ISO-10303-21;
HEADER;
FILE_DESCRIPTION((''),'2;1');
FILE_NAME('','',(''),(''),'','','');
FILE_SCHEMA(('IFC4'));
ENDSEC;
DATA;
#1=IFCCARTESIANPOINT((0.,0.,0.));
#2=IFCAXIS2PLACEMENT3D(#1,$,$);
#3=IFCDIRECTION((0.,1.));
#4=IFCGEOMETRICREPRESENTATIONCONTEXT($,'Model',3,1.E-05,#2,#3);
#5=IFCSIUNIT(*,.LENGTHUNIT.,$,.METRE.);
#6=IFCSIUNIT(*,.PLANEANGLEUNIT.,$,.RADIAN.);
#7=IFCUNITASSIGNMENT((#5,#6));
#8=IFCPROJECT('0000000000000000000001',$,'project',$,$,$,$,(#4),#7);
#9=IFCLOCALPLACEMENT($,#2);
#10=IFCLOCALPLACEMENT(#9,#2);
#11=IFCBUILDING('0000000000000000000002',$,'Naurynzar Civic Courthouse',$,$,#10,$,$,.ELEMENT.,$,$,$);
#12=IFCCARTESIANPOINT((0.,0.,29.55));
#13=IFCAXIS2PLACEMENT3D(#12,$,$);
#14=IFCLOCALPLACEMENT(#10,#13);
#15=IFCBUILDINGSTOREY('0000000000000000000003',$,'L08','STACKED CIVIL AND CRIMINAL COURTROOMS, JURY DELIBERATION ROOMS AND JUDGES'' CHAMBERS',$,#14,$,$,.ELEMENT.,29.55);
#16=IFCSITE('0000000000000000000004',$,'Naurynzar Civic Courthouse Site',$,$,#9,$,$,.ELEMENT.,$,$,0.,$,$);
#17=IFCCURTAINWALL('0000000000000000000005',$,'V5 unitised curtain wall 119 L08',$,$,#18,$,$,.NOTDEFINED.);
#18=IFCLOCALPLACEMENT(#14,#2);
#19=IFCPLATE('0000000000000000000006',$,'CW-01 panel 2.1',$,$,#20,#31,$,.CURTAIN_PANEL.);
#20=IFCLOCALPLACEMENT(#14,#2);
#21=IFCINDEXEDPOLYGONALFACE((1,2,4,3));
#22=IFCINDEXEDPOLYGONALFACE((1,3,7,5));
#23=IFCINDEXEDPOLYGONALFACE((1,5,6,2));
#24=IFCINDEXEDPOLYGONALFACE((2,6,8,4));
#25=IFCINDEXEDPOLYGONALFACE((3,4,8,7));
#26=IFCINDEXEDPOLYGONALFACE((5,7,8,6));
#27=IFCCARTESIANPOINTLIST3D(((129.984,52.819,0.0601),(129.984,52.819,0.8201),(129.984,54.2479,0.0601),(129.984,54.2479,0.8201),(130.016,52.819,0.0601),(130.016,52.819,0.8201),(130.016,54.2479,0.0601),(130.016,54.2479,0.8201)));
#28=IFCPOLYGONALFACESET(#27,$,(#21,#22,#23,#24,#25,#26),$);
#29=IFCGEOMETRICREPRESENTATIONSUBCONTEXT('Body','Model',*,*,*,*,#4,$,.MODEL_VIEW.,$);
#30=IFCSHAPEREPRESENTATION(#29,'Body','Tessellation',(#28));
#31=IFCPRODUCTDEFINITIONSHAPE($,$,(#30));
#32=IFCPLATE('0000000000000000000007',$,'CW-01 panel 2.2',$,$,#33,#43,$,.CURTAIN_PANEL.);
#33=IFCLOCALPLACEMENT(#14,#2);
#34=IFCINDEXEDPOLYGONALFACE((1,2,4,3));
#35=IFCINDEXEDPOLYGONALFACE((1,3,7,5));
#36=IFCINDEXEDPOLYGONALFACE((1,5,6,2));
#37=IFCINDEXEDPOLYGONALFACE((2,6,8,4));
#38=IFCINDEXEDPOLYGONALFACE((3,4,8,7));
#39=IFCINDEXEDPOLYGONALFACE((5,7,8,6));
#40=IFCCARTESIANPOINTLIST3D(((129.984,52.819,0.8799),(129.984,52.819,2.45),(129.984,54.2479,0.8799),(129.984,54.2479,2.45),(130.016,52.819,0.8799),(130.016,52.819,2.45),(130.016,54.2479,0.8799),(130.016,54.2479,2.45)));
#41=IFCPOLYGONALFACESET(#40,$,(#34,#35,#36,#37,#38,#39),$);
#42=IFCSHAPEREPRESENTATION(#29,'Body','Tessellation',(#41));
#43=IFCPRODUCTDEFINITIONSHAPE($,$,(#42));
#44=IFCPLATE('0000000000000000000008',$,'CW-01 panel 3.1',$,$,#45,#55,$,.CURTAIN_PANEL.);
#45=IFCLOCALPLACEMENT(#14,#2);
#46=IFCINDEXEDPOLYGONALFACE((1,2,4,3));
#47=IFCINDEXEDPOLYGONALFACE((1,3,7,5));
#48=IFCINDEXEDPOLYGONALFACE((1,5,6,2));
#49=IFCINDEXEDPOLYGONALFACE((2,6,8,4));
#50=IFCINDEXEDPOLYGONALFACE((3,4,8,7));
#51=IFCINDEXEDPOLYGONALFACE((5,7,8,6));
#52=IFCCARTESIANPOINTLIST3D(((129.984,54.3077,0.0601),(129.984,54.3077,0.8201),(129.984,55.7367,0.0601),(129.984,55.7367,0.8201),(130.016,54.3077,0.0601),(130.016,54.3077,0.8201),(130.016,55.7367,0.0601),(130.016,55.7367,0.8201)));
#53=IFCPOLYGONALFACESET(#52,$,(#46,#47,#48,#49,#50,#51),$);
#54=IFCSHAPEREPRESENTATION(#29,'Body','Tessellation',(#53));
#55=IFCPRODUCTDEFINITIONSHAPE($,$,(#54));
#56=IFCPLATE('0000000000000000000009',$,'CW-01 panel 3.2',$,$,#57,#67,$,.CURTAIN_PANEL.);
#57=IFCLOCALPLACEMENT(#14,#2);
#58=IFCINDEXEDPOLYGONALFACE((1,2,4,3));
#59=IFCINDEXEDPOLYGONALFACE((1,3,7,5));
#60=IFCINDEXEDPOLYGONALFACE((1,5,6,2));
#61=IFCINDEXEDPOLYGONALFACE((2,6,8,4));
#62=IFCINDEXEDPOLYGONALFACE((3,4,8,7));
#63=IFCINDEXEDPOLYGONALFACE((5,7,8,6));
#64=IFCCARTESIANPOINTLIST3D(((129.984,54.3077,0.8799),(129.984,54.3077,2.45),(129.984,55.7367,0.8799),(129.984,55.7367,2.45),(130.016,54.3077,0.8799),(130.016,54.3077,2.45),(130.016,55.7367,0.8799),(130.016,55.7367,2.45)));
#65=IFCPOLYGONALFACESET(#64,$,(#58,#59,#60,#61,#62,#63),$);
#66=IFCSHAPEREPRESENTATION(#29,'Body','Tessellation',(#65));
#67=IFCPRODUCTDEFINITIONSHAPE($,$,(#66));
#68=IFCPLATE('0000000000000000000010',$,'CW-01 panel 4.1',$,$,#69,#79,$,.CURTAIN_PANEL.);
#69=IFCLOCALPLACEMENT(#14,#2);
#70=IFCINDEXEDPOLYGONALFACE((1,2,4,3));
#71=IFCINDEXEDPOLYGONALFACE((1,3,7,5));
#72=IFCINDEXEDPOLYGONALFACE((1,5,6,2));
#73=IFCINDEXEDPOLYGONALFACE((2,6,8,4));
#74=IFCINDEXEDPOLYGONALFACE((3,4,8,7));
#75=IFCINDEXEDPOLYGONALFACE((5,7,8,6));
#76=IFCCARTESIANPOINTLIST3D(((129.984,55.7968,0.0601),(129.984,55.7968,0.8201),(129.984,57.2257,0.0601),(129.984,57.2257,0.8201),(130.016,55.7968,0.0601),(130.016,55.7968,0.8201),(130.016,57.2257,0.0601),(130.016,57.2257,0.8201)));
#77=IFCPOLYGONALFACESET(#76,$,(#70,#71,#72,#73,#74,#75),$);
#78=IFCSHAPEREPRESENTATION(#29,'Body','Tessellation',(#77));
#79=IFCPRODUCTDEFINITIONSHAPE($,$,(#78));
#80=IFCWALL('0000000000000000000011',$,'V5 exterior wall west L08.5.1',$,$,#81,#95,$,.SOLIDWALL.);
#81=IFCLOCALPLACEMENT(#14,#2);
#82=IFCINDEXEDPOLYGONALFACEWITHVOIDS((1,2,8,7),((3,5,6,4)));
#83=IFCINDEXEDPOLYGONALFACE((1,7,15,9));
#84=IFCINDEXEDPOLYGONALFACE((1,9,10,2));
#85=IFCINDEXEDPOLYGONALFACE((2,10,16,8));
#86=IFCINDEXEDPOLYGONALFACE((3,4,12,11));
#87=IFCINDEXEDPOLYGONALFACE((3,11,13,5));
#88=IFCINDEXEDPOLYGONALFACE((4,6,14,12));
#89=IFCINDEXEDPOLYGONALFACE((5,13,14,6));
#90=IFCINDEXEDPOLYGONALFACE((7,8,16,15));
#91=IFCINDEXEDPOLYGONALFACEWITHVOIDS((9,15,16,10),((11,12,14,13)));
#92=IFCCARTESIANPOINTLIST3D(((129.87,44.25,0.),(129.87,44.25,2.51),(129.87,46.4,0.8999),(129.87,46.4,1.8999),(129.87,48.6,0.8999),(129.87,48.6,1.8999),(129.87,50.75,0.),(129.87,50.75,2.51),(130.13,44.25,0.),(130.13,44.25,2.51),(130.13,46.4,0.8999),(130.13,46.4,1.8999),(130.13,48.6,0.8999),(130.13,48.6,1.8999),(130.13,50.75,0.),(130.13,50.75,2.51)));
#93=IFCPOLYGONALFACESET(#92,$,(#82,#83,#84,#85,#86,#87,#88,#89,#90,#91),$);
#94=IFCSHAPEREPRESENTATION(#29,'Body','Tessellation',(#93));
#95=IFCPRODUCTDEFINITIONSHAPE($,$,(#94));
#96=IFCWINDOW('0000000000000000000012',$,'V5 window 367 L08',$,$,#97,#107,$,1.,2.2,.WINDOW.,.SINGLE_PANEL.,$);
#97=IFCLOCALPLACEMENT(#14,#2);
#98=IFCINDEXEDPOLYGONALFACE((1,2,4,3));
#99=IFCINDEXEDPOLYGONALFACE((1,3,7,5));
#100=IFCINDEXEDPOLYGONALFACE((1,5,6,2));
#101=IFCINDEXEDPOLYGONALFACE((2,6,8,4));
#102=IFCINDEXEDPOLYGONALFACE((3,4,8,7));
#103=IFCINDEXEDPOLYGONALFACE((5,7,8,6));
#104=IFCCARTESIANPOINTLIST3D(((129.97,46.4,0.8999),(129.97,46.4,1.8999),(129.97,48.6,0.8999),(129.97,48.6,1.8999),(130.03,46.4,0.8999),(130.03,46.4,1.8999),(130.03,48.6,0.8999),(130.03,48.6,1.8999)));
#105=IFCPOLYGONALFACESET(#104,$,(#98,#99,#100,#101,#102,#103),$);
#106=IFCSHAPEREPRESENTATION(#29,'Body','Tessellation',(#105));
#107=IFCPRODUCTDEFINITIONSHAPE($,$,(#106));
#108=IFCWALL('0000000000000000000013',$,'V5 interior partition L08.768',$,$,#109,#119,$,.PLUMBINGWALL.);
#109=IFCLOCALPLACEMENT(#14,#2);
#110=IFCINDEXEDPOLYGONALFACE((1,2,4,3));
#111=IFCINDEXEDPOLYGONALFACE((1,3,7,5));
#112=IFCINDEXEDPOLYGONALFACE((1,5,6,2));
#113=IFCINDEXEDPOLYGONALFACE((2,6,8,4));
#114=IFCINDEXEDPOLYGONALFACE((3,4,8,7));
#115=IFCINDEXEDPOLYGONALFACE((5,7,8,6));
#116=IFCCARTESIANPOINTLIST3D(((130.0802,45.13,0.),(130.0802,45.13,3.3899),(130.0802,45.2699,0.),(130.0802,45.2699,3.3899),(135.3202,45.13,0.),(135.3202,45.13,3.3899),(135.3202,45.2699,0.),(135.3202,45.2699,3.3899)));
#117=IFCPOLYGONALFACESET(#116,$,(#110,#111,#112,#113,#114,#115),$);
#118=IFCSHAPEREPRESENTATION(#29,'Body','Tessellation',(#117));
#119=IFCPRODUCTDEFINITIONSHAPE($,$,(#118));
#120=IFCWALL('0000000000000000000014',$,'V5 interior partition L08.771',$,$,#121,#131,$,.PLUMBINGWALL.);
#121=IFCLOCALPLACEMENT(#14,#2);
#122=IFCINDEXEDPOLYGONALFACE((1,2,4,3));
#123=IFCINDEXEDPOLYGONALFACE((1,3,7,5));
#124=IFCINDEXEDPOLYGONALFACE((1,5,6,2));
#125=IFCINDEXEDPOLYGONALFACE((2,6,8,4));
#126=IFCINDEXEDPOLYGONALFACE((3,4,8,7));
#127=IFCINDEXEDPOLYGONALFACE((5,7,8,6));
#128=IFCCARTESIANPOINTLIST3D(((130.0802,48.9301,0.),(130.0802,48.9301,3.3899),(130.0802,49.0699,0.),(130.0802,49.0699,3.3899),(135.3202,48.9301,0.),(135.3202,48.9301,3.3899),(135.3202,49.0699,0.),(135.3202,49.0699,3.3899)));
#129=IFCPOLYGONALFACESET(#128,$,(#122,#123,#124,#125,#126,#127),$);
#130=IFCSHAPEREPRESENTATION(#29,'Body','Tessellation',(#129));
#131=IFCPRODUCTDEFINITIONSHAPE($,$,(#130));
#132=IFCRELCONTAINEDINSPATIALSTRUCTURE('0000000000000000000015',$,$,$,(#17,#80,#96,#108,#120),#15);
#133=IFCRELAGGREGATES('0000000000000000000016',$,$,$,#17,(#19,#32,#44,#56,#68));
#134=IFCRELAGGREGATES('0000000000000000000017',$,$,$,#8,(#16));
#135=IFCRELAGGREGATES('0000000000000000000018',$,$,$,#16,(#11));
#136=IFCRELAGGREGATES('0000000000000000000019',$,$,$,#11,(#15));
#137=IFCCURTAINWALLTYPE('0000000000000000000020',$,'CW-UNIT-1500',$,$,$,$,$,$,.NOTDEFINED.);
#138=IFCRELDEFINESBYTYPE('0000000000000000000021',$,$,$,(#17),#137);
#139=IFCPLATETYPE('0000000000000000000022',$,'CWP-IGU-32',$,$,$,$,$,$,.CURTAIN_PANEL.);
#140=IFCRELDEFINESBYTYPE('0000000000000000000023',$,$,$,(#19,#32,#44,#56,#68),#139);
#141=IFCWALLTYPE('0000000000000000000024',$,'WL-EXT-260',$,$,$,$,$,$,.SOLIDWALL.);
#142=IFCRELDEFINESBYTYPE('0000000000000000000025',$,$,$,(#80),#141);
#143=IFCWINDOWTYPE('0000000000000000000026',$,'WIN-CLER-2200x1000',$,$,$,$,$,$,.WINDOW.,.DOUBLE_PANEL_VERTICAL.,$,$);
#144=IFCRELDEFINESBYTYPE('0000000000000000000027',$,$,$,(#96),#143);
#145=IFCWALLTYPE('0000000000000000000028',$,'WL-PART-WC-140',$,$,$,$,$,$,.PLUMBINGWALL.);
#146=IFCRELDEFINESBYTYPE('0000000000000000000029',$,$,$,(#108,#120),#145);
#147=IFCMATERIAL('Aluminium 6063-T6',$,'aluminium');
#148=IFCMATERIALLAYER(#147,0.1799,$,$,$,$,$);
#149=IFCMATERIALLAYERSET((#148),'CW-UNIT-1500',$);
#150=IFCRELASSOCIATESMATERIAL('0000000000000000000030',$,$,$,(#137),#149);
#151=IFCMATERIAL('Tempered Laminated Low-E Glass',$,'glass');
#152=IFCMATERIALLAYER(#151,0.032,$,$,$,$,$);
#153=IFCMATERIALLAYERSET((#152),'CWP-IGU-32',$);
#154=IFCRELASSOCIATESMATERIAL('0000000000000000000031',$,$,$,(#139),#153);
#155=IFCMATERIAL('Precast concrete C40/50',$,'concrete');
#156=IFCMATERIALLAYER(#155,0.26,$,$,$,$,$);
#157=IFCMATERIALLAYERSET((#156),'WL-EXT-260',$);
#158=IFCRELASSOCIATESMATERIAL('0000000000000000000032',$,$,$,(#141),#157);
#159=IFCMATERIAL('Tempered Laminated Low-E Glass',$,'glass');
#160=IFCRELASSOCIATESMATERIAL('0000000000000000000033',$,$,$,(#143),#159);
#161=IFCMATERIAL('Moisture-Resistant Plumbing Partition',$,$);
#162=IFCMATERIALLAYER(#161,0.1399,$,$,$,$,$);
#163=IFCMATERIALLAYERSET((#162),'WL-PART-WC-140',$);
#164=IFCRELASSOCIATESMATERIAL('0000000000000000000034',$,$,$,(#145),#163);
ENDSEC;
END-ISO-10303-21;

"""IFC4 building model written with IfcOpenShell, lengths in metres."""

from ifc_helpers import new_model, si_unit, direction, frame, frame_2d, origin, origin_2d, place, context, subcontext, project, spatial, rectangle, extrude, material, layer, layer_set, type_object, element, fill, aggregate, save


model = new_model("IFC4")

# Units and contexts
model_context = context("Model", 3, precision=1e-05, world=origin(), true_north=direction((0.0, 1.0)))
body_context = subcontext(model_context, "Body", "Model", "MODEL_VIEW")
ifc_project = project(units=[si_unit("LENGTHUNIT", "METRE"), si_unit("PLANEANGLEUNIT", "RADIAN")], contexts=[model_context])

# Site, building, storey
site_placement = place(None, origin())
site = spatial("IfcSite", under=ifc_project, at=site_placement, Name="Naurynzar Civic Courthouse Site", CompositionType="ELEMENT", RefElevation=0.0)
building_placement = place(site_placement, origin())
building = spatial("IfcBuilding", under=site, at=building_placement, Name="Naurynzar Civic Courthouse", CompositionType="ELEMENT")
storey_placement = place(building_placement, frame((0.0, 0.0, 29.55)))
storey = spatial("IfcBuildingStorey", under=building, at=storey_placement, Name="L08", Description="STACKED CIVIL AND CRIMINAL COURTROOMS, JURY DELIBERATION ROOMS AND JUDGES' CHAMBERS", CompositionType="ELEMENT", Elevation=29.55)

# Curtain wall
ifc_material_1 = material(Name="Aluminium 6063-T6", Category="aluminium")
ifc_layer_1 = layer(ifc_material_1, 0.1799)
ifc_layer_set_1 = layer_set([ifc_layer_1], Name="CW-UNIT-1500")
curtain_wall_type = type_object("IfcCurtainWallType", Name="CW-UNIT-1500", PredefinedType="NOTDEFINED", material=ifc_layer_set_1)
curtain_wall_1_placement = place(storey_placement, origin())
curtain_wall_1 = element("IfcCurtainWall", 1, at=curtain_wall_1_placement, inside=storey, type_object=curtain_wall_type, Name="V5 unitised curtain wall 119 L08", PredefinedType="NOTDEFINED")

# Plates
ifc_material_2 = material(Name="Tempered Laminated Low-E Glass", Category="glass")
ifc_layer_2 = layer(ifc_material_2, 0.032)
ifc_layer_set_2 = layer_set([ifc_layer_2], Name="CWP-IGU-32")
plate_type = type_object("IfcPlateType", Name="CWP-IGU-32", PredefinedType="CURTAIN_PANEL", material=ifc_layer_set_2)
plate_1_placement = place(storey_placement, frame((130.0, 53.5334, 0.0601), z_axis=(0.0, 0.0, 1.0), x_axis=(0.0, 1.0, 0.0)))
plate_1 = element("IfcPlate", 2, at=plate_1_placement, type_object=plate_type, Name="CW-01 panel 2.1", PredefinedType="CURTAIN_PANEL", context=body_context, shape_type="SweptSolid", body=[
    extrude(rectangle(XDim=1.429, YDim=0.032, at=origin_2d()), origin(), (0.0, 0.0, 1.0), 0.76),
])
plate_2_placement = place(storey_placement, frame((130.0, 53.5334, 0.8799), z_axis=(0.0, 0.0, 1.0), x_axis=(0.0, 1.0, 0.0)))
plate_2 = element("IfcPlate", 3, at=plate_2_placement, type_object=plate_type, Name="CW-01 panel 2.2", PredefinedType="CURTAIN_PANEL", context=body_context, shape_type="SweptSolid", body=[
    extrude(rectangle(XDim=1.429, YDim=0.032, at=origin_2d()), origin(), (0.0, 0.0, 1.0), 1.5701),
])
plate_3_placement = place(storey_placement, frame((130.0, 55.0222, 0.0601), z_axis=(0.0, 0.0, 1.0), x_axis=(0.0, 1.0, 0.0)))
plate_3 = element("IfcPlate", 4, at=plate_3_placement, type_object=plate_type, Name="CW-01 panel 3.1", PredefinedType="CURTAIN_PANEL", context=body_context, shape_type="SweptSolid", body=[
    extrude(rectangle(XDim=1.429, YDim=0.032, at=origin_2d()), origin(), (0.0, 0.0, 1.0), 0.76),
])
plate_4_placement = place(storey_placement, frame((130.0, 55.0222, 0.8799), z_axis=(0.0, 0.0, 1.0), x_axis=(0.0, 1.0, 0.0)))
plate_4 = element("IfcPlate", 5, at=plate_4_placement, type_object=plate_type, Name="CW-01 panel 3.2", PredefinedType="CURTAIN_PANEL", context=body_context, shape_type="SweptSolid", body=[
    extrude(rectangle(XDim=1.429, YDim=0.032, at=origin_2d()), origin(), (0.0, 0.0, 1.0), 1.5701),
])
plate_5_placement = place(storey_placement, frame((130.0, 56.5112, 0.0601), z_axis=(0.0, 0.0, 1.0), x_axis=(0.0, 1.0, 0.0)))
plate_5 = element("IfcPlate", 6, at=plate_5_placement, type_object=plate_type, Name="CW-01 panel 4.1", PredefinedType="CURTAIN_PANEL", context=body_context, shape_type="SweptSolid", body=[
    extrude(rectangle(XDim=1.429, YDim=0.032, at=origin_2d()), origin(), (0.0, 0.0, 1.0), 0.76),
])
aggregate(curtain_wall_1, [plate_1, plate_2, plate_3, plate_4, plate_5])

# Wall, opening, window
ifc_material_3 = material(Name="Precast concrete C40/50", Category="concrete")
ifc_layer_3 = layer(ifc_material_3, 0.26)
ifc_layer_set_3 = layer_set([ifc_layer_3], Name="WL-EXT-260")
wall_type_1 = type_object("IfcWallType", Name="WL-EXT-260", PredefinedType="SOLIDWALL", material=ifc_layer_set_3)
wall_placement = place(storey_placement, frame((130.0, 44.25, 0.0), z_axis=(0.0, 0.0, 1.0), x_axis=(0.0, 1.0, 0.0)))
wall = element("IfcWall", 7, at=wall_placement, inside=storey, type_object=wall_type_1, Name="V5 exterior wall west L08.5.1", PredefinedType="SOLIDWALL", context=body_context, shape_type="SweptSolid", body=[
    extrude(rectangle(XDim=6.5, YDim=0.26, at=frame_2d((3.25, 0.0))), origin(), (0.0, 0.0, 1.0), 2.51),
])
opening_placement = place(wall_placement, frame((2.1499, 0.0, 0.8999)))
opening = element("IfcOpeningElement", 8, at=opening_placement, cuts=wall, PredefinedType="OPENING", context=body_context, shape_type="SweptSolid", body=[
    extrude(rectangle(XDim=2.2, YDim=1.0, at=frame_2d((1.1001, 0.5))), frame((0.0, 0.1399, 0.0), z_axis=(0.0, -1.0, 0.0), x_axis=(1.0, 0.0, 0.0)), (0.0, 0.0, 1.0), 0.28),
])
ifc_material_4 = material(Name="Tempered Laminated Low-E Glass", Category="glass")
window_type = type_object("IfcWindowType", Name="WIN-CLER-2200x1000", PartitioningType="DOUBLE_PANEL_VERTICAL", PredefinedType="WINDOW", material=ifc_material_4)
window_placement = place(opening_placement, origin())
window = element("IfcWindow", 9, at=window_placement, inside=storey, type_object=window_type, Name="V5 window 367 L08", OverallHeight=1.0, OverallWidth=2.2, PartitioningType="SINGLE_PANEL", PredefinedType="WINDOW", context=body_context, shape_type="SweptSolid", body=[
    extrude(rectangle(XDim=2.2, YDim=1.0, at=frame_2d((1.1001, 0.5))), frame((0.0, 0.03, 0.0), z_axis=(0.0, -1.0, 0.0), x_axis=(1.0, 0.0, 0.0)), (0.0, 0.0, 1.0), 0.0601),
])
fill(opening, window)

# Walls
ifc_material_5 = material(Name="Moisture-Resistant Plumbing Partition")
ifc_layer_4 = layer(ifc_material_5, 0.1399)
ifc_layer_set_4 = layer_set([ifc_layer_4], Name="WL-PART-WC-140")
wall_type_2 = type_object("IfcWallType", Name="WL-PART-WC-140", PredefinedType="PLUMBINGWALL", material=ifc_layer_set_4)
for number, where, z_axis, x_axis, name in (
    (10, (130.0801, 45.2, 0.0), (0.0, 0.0, 1.0), (1.0, 0.0, 0.0), "V5 interior partition L08.768"),
    (11, (130.0801, 49.0, 0.0), (0.0, 0.0, 1.0), (1.0, 0.0, 0.0), "V5 interior partition L08.771"),
):
    element("IfcWall", number, at=place(storey_placement, frame(where, z_axis=z_axis, x_axis=x_axis)), inside=storey, type_object=wall_type_2, Name=name, PredefinedType="PLUMBINGWALL", context=body_context, shape_type="SweptSolid", body=[
        extrude(rectangle(XDim=5.24, YDim=0.1399, at=frame_2d((2.6201, 0.0))), origin(), (0.0, 0.0, 1.0), 3.3899),
    ])

save(model, "model.ifc")
